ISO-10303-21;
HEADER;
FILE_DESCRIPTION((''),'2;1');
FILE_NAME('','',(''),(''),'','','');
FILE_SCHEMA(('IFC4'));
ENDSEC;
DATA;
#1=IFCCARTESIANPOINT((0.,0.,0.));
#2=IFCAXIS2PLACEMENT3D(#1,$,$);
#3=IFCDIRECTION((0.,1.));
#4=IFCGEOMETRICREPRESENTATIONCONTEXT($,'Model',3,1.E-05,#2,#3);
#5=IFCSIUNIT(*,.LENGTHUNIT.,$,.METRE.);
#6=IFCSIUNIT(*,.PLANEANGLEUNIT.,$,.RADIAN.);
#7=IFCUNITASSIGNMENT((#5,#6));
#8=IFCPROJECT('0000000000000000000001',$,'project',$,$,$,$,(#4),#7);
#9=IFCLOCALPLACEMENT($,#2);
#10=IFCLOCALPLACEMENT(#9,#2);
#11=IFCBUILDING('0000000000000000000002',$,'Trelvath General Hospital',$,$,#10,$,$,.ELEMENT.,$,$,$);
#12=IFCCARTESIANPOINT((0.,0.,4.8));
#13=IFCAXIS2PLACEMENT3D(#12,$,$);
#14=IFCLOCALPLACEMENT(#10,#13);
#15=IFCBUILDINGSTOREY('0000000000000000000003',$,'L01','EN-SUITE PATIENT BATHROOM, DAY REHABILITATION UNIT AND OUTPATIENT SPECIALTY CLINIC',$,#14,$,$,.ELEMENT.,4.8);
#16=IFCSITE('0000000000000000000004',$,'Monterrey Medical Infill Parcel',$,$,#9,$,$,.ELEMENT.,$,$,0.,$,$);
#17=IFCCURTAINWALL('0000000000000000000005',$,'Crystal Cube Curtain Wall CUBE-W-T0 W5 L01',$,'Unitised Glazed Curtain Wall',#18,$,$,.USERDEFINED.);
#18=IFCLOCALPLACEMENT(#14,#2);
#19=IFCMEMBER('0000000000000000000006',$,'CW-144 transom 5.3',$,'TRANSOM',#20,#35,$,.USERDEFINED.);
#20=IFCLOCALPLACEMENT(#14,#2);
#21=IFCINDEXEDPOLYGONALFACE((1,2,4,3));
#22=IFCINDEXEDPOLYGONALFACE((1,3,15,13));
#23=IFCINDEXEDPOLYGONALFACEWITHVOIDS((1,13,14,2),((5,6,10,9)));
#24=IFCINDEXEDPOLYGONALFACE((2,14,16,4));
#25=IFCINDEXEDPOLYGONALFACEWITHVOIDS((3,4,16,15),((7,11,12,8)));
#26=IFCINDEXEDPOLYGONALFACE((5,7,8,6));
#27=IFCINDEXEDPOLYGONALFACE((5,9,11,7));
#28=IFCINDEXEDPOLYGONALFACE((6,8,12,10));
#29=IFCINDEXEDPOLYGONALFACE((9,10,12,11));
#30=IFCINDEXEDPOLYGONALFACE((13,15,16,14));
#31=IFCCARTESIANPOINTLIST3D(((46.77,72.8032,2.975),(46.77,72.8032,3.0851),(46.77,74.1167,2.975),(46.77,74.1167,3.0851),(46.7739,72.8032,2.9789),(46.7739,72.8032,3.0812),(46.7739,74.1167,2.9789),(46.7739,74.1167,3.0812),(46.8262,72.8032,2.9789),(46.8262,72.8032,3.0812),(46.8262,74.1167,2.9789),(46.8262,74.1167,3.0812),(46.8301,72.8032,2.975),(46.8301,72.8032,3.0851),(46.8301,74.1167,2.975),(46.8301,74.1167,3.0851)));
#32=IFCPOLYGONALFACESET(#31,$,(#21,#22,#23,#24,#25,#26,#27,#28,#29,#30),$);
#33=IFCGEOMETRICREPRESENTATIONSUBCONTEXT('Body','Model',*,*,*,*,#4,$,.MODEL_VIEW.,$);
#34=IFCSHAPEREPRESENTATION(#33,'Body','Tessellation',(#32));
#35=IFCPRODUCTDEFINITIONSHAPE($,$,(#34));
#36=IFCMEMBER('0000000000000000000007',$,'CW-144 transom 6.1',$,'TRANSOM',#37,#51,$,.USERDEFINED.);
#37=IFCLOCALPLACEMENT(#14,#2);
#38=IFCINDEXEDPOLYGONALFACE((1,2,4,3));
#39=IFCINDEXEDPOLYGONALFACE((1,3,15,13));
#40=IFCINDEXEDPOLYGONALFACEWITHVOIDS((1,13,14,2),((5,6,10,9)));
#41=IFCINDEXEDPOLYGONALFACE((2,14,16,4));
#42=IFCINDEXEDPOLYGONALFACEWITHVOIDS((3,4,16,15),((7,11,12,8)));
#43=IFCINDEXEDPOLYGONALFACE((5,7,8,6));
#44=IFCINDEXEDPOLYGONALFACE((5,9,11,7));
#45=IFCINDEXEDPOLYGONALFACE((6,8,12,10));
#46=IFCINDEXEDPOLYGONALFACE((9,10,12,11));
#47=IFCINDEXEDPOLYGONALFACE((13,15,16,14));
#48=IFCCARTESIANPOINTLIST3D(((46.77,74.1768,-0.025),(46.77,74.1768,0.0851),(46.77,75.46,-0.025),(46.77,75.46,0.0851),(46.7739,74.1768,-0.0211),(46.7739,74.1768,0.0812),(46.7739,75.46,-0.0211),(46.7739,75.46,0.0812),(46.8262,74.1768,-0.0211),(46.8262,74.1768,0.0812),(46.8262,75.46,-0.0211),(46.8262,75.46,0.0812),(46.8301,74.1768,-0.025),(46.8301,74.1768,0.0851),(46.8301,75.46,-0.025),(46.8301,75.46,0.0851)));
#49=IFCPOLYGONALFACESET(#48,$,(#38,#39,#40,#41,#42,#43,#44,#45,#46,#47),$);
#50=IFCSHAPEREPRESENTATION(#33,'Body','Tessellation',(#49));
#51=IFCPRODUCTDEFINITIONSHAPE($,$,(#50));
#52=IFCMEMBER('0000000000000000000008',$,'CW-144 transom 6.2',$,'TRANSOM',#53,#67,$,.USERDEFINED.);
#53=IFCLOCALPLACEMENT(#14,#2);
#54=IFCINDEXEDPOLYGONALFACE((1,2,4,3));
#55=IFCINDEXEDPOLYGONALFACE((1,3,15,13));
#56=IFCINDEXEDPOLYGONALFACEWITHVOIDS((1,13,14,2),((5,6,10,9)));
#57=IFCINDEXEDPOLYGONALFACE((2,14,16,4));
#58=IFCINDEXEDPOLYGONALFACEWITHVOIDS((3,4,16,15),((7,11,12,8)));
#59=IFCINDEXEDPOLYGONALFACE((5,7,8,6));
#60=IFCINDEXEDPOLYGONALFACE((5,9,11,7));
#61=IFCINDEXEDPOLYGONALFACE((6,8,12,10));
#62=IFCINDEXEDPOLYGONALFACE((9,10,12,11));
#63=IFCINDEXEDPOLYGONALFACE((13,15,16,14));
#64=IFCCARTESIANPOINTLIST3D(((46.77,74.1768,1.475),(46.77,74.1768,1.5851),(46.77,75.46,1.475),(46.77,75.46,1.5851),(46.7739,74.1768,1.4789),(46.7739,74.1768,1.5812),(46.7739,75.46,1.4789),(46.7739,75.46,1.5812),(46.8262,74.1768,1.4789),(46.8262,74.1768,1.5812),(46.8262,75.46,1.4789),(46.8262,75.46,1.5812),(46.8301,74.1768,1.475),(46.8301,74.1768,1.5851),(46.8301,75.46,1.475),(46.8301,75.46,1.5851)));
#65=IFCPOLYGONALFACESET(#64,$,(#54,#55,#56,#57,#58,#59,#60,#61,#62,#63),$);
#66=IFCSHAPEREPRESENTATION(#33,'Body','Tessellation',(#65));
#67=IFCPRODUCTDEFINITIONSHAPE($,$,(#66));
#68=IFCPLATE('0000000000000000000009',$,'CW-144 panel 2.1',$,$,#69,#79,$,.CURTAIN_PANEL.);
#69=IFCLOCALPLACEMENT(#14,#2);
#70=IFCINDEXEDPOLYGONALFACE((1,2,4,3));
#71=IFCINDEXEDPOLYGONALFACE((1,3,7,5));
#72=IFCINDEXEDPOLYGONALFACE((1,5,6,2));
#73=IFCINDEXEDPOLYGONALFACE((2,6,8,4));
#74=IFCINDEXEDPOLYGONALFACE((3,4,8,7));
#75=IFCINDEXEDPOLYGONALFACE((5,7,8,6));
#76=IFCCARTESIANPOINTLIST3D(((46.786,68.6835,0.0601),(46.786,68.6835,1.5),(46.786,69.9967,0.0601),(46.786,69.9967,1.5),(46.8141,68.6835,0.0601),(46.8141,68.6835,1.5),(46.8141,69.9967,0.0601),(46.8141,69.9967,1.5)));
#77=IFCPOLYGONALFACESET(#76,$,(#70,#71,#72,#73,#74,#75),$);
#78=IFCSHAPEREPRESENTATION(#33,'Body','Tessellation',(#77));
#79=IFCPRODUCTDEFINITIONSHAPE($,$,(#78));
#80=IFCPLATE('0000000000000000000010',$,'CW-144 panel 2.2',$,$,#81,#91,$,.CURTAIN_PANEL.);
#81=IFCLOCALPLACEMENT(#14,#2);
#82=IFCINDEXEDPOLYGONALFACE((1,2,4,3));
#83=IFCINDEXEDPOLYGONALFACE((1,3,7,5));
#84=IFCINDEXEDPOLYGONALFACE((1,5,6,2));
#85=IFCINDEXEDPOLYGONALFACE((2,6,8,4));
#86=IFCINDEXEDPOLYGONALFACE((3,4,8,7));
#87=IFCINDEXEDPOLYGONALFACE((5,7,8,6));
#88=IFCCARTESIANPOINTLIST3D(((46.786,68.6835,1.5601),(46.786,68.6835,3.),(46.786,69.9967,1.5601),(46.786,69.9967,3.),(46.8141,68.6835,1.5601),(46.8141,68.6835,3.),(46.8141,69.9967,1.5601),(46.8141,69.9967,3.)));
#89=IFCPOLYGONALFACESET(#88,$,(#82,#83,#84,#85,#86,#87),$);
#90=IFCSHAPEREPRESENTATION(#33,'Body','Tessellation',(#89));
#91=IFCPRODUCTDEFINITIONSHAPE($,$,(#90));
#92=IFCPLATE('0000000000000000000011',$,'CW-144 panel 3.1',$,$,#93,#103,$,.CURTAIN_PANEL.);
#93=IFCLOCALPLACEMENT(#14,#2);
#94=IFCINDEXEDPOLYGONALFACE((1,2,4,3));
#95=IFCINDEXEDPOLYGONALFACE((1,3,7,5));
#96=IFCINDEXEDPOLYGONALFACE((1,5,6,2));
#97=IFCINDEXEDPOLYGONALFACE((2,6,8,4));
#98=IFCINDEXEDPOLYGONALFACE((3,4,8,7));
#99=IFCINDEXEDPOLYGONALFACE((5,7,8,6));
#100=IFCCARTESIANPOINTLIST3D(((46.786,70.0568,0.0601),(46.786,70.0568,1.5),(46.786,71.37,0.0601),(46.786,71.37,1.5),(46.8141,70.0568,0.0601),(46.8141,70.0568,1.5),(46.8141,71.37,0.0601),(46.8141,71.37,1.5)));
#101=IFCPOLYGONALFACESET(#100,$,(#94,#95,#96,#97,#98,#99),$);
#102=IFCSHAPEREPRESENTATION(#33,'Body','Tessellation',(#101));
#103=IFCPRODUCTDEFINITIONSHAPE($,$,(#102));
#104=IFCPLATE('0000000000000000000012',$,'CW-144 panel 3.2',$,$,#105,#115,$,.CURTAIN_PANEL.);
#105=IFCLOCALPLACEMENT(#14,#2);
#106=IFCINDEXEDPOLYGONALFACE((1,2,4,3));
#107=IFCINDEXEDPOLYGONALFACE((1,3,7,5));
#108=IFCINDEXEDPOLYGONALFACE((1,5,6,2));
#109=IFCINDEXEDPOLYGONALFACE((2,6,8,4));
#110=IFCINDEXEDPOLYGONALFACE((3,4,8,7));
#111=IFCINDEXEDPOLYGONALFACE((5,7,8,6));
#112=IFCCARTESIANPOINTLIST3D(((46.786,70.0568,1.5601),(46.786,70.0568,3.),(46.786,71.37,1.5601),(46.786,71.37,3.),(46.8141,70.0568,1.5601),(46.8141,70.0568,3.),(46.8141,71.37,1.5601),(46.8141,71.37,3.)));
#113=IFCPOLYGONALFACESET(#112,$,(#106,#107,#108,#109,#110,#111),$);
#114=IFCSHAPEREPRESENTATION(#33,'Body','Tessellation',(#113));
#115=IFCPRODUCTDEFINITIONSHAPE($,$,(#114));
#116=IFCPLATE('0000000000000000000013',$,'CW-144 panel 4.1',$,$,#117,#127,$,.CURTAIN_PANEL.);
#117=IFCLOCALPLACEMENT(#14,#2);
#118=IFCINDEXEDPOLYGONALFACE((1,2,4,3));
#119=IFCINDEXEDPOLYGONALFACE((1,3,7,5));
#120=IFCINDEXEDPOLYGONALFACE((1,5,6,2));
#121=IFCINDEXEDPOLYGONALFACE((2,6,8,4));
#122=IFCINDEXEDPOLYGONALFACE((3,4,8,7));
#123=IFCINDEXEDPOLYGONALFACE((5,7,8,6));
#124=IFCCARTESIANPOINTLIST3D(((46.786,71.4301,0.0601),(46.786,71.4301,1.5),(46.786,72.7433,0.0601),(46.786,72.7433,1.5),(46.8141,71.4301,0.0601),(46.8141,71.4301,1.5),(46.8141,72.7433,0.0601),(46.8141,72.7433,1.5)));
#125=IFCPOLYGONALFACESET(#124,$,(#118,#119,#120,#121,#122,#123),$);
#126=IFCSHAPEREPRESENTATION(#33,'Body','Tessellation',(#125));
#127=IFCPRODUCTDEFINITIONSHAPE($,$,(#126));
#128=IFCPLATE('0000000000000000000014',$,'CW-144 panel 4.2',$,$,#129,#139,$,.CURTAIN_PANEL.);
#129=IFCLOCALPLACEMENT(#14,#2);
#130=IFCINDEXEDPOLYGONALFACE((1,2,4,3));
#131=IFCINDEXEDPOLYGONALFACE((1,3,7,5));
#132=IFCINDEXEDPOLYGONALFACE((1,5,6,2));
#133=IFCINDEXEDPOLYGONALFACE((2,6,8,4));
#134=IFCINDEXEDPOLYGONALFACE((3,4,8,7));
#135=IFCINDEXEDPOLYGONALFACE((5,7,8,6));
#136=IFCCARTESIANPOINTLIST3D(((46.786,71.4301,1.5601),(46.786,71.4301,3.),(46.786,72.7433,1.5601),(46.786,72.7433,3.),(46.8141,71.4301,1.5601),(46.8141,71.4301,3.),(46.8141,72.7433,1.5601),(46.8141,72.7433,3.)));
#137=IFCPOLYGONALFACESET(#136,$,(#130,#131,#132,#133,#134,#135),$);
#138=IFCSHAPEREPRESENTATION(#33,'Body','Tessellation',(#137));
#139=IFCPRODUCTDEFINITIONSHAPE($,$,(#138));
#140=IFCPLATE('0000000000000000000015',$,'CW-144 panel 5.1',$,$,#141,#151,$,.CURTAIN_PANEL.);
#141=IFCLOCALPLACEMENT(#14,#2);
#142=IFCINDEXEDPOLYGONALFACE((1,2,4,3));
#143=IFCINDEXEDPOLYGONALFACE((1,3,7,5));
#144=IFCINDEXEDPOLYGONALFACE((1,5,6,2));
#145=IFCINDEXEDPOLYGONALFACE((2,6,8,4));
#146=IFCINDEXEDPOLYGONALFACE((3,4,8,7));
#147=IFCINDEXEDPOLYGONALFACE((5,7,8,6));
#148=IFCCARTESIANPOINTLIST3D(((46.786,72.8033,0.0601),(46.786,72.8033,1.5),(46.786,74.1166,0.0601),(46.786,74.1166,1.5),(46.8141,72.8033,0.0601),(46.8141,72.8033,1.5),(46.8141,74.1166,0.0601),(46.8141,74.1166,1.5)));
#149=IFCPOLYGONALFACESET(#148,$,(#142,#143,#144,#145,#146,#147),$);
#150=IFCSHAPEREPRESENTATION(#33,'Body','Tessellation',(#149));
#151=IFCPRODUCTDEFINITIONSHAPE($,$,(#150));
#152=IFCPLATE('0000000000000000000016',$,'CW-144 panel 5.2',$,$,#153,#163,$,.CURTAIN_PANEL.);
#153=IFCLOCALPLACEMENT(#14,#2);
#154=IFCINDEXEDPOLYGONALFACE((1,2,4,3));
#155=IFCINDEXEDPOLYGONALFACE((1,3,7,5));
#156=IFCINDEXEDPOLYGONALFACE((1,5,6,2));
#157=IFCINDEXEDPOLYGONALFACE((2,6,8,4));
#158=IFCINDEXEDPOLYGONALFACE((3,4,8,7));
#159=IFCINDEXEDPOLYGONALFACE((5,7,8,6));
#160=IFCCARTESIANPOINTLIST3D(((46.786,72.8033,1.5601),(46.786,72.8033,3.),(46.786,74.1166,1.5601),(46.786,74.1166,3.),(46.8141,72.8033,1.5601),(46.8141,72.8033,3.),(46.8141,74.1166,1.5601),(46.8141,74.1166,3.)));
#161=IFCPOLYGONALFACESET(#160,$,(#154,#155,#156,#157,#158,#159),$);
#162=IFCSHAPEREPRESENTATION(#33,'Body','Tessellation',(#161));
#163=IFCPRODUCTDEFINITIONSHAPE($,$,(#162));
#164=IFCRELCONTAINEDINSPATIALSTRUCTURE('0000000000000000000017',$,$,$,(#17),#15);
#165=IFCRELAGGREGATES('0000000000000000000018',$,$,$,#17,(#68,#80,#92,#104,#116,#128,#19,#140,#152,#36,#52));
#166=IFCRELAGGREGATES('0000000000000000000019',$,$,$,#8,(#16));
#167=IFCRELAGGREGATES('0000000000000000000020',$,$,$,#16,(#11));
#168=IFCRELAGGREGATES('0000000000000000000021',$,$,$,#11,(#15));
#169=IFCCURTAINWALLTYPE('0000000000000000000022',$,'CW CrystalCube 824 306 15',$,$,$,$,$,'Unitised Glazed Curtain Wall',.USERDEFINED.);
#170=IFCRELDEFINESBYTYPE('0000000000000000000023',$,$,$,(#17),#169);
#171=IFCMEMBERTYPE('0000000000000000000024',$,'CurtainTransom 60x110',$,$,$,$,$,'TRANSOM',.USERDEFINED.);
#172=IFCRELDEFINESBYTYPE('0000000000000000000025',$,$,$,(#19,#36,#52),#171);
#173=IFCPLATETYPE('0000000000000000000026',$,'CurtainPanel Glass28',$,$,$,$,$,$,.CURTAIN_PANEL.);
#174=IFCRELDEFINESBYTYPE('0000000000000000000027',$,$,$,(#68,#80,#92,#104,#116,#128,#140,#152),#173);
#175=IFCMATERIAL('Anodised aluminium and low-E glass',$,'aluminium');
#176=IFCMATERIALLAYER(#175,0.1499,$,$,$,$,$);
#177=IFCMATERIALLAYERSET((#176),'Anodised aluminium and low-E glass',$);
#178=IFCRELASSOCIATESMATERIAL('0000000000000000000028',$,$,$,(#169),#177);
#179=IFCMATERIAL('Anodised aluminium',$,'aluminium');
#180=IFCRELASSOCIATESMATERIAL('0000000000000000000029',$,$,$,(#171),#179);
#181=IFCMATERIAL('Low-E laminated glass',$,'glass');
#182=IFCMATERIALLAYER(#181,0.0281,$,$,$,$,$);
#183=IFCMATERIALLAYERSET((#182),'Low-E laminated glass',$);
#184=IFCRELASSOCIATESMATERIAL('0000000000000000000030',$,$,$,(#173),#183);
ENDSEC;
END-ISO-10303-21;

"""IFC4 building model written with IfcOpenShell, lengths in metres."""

from ifc_helpers import new_model, si_unit, direction, frame, origin, origin_2d, place, context, subcontext, project, spatial, rectangle, hollow_rectangle, extrude, material, layer, layer_set, material_profile, profile_set, type_object, element, aggregate, save


model = new_model("IFC4")

# Units and contexts
model_context = context("Model", 3, precision=1e-05, world=origin(), true_north=direction((0.0, 1.0)))
body_context = subcontext(model_context, "Body", "Model", "MODEL_VIEW")
ifc_project = project(units=[si_unit("LENGTHUNIT", "METRE"), si_unit("PLANEANGLEUNIT", "RADIAN")], contexts=[model_context])

# Site, building, storey
site_placement = place(None, origin())
site = spatial("IfcSite", under=ifc_project, at=site_placement, Name="Monterrey Medical Infill Parcel", CompositionType="ELEMENT", RefElevation=0.0)
building_placement = place(site_placement, origin())
building = spatial("IfcBuilding", under=site, at=building_placement, Name="Trelvath General Hospital", CompositionType="ELEMENT")
storey_placement = place(building_placement, frame((0.0, 0.0, 4.8)))
storey = spatial("IfcBuildingStorey", under=building, at=storey_placement, Name="L01", Description="EN-SUITE PATIENT BATHROOM, DAY REHABILITATION UNIT AND OUTPATIENT SPECIALTY CLINIC", CompositionType="ELEMENT", Elevation=4.8)

# Curtain wall, members, plates
ifc_material_1 = material(Name="Anodised aluminium and low-E glass", Category="aluminium")
ifc_layer_1 = layer(ifc_material_1, 0.1499)
ifc_layer_set_1 = layer_set([ifc_layer_1], Name="Anodised aluminium and low-E glass")
curtain_wall_type = type_object("IfcCurtainWallType", Name="CW CrystalCube 824 306 15", ElementType="Unitised Glazed Curtain Wall", PredefinedType="USERDEFINED", material=ifc_layer_set_1)
curtain_wall_placement = place(storey_placement, origin())
curtain_wall = element("IfcCurtainWall", 1, at=curtain_wall_placement, inside=storey, type_object=curtain_wall_type, Name="Crystal Cube Curtain Wall CUBE-W-T0 W5 L01", ObjectType="Unitised Glazed Curtain Wall", PredefinedType="USERDEFINED")
ifc_material_2 = material(Name="Anodised aluminium", Category="aluminium")
ifc_material_profile_1 = material_profile(ifc_material_2, hollow_rectangle(XDim=0.0601, YDim=0.1101, WallThickness=0.0039, at=origin_2d()), Name="RHS60x110x4")
ifc_profile_set_1 = profile_set([ifc_material_profile_1], Name="Anodised aluminium")
member_type_1 = type_object("IfcMemberType", Name="CurtainTransom 60x110", ElementType="TRANSOM", PredefinedType="USERDEFINED", material=ifc_profile_set_1)
member_1_placement = place(storey_placement, frame((46.8, 72.8032, 3.03), z_axis=(0.0, 1.0, 0.0), x_axis=(-1.0, 0.0, 0.0)))
member_1 = element("IfcMember", 2, at=member_1_placement, type_object=member_type_1, Name="CW-144 transom 5.3", ObjectType="TRANSOM", PredefinedType="USERDEFINED", context=body_context, shape_type="SweptSolid", body=[
    extrude(hollow_rectangle(XDim=0.0601, YDim=0.1101, WallThickness=0.0039, at=origin_2d()), origin(), (0.0, 0.0, 1.0), 1.3135),
])
member_2_placement = place(storey_placement, frame((46.8, 74.1768, 0.03), z_axis=(0.0, 1.0, 0.0), x_axis=(-1.0, 0.0, 0.0)))
member_2 = element("IfcMember", 3, at=member_2_placement, type_object=member_type_1, Name="CW-144 transom 6.1", ObjectType="TRANSOM", PredefinedType="USERDEFINED", context=body_context, shape_type="SweptSolid", body=[
    extrude(hollow_rectangle(XDim=0.0601, YDim=0.1101, WallThickness=0.0039, at=origin_2d()), origin(), (0.0, 0.0, 1.0), 1.2832),
])
member_3_placement = place(storey_placement, frame((46.8, 74.1768, 1.53), z_axis=(0.0, 1.0, 0.0), x_axis=(-1.0, 0.0, 0.0)))
member_3 = element("IfcMember", 4, at=member_3_placement, type_object=member_type_1, Name="CW-144 transom 6.2", ObjectType="TRANSOM", PredefinedType="USERDEFINED", context=body_context, shape_type="SweptSolid", body=[
    extrude(hollow_rectangle(XDim=0.0601, YDim=0.1101, WallThickness=0.0039, at=origin_2d()), origin(), (0.0, 0.0, 1.0), 1.2832),
])
ifc_material_3 = material(Name="Low-E laminated glass", Category="glass")
ifc_layer_2 = layer(ifc_material_3, 0.0281)
ifc_layer_set_2 = layer_set([ifc_layer_2], Name="Low-E laminated glass")
plate_type = type_object("IfcPlateType", Name="CurtainPanel Glass28", PredefinedType="CURTAIN_PANEL", material=ifc_layer_set_2)
plate_1_placement = place(storey_placement, frame((46.8, 69.3401, 0.0601), z_axis=(0.0, 0.0, 1.0), x_axis=(0.0, 1.0, 0.0)))
plate_1 = element("IfcPlate", 5, at=plate_1_placement, type_object=plate_type, Name="CW-144 panel 2.1", PredefinedType="CURTAIN_PANEL", context=body_context, shape_type="SweptSolid", body=[
    extrude(rectangle(XDim=1.3132, YDim=0.0281, at=origin_2d()), origin(), (0.0, 0.0, 1.0), 1.4399),
])
plate_2_placement = place(storey_placement, frame((46.8, 69.3401, 1.5601), z_axis=(0.0, 0.0, 1.0), x_axis=(0.0, 1.0, 0.0)))
plate_2 = element("IfcPlate", 6, at=plate_2_placement, type_object=plate_type, Name="CW-144 panel 2.2", PredefinedType="CURTAIN_PANEL", context=body_context, shape_type="SweptSolid", body=[
    extrude(rectangle(XDim=1.3132, YDim=0.0281, at=origin_2d()), origin(), (0.0, 0.0, 1.0), 1.4399),
])
plate_3_placement = place(storey_placement, frame((46.8, 70.7134, 0.0601), z_axis=(0.0, 0.0, 1.0), x_axis=(0.0, 1.0, 0.0)))
plate_3 = element("IfcPlate", 7, at=plate_3_placement, type_object=plate_type, Name="CW-144 panel 3.1", PredefinedType="CURTAIN_PANEL", context=body_context, shape_type="SweptSolid", body=[
    extrude(rectangle(XDim=1.3132, YDim=0.0281, at=origin_2d()), origin(), (0.0, 0.0, 1.0), 1.4399),
])
plate_4_placement = place(storey_placement, frame((46.8, 70.7134, 1.5601), z_axis=(0.0, 0.0, 1.0), x_axis=(0.0, 1.0, 0.0)))
plate_4 = element("IfcPlate", 8, at=plate_4_placement, type_object=plate_type, Name="CW-144 panel 3.2", PredefinedType="CURTAIN_PANEL", context=body_context, shape_type="SweptSolid", body=[
    extrude(rectangle(XDim=1.3132, YDim=0.0281, at=origin_2d()), origin(), (0.0, 0.0, 1.0), 1.4399),
])
plate_5_placement = place(storey_placement, frame((46.8, 72.0867, 0.0601), z_axis=(0.0, 0.0, 1.0), x_axis=(0.0, 1.0, 0.0)))
plate_5 = element("IfcPlate", 9, at=plate_5_placement, type_object=plate_type, Name="CW-144 panel 4.1", PredefinedType="CURTAIN_PANEL", context=body_context, shape_type="SweptSolid", body=[
    extrude(rectangle(XDim=1.3132, YDim=0.0281, at=origin_2d()), origin(), (0.0, 0.0, 1.0), 1.4399),
])
plate_6_placement = place(storey_placement, frame((46.8, 72.0867, 1.5601), z_axis=(0.0, 0.0, 1.0), x_axis=(0.0, 1.0, 0.0)))
plate_6 = element("IfcPlate", 10, at=plate_6_placement, type_object=plate_type, Name="CW-144 panel 4.2", PredefinedType="CURTAIN_PANEL", context=body_context, shape_type="SweptSolid", body=[
    extrude(rectangle(XDim=1.3132, YDim=0.0281, at=origin_2d()), origin(), (0.0, 0.0, 1.0), 1.4399),
])
plate_7_placement = place(storey_placement, frame((46.8, 73.46, 0.0601), z_axis=(0.0, 0.0, 1.0), x_axis=(0.0, 1.0, 0.0)))
plate_7 = element("IfcPlate", 11, at=plate_7_placement, type_object=plate_type, Name="CW-144 panel 5.1", PredefinedType="CURTAIN_PANEL", context=body_context, shape_type="SweptSolid", body=[
    extrude(rectangle(XDim=1.3132, YDim=0.0281, at=origin_2d()), origin(), (0.0, 0.0, 1.0), 1.4399),
])
plate_8_placement = place(storey_placement, frame((46.8, 73.46, 1.5601), z_axis=(0.0, 0.0, 1.0), x_axis=(0.0, 1.0, 0.0)))
plate_8 = element("IfcPlate", 12, at=plate_8_placement, type_object=plate_type, Name="CW-144 panel 5.2", PredefinedType="CURTAIN_PANEL", context=body_context, shape_type="SweptSolid", body=[
    extrude(rectangle(XDim=1.3132, YDim=0.0281, at=origin_2d()), origin(), (0.0, 0.0, 1.0), 1.4399),
])
aggregate(curtain_wall, [plate_1, plate_2, plate_3, plate_4, plate_5, plate_6, member_1, plate_7, plate_8, member_2, member_3])

save(model, "model.ifc")
